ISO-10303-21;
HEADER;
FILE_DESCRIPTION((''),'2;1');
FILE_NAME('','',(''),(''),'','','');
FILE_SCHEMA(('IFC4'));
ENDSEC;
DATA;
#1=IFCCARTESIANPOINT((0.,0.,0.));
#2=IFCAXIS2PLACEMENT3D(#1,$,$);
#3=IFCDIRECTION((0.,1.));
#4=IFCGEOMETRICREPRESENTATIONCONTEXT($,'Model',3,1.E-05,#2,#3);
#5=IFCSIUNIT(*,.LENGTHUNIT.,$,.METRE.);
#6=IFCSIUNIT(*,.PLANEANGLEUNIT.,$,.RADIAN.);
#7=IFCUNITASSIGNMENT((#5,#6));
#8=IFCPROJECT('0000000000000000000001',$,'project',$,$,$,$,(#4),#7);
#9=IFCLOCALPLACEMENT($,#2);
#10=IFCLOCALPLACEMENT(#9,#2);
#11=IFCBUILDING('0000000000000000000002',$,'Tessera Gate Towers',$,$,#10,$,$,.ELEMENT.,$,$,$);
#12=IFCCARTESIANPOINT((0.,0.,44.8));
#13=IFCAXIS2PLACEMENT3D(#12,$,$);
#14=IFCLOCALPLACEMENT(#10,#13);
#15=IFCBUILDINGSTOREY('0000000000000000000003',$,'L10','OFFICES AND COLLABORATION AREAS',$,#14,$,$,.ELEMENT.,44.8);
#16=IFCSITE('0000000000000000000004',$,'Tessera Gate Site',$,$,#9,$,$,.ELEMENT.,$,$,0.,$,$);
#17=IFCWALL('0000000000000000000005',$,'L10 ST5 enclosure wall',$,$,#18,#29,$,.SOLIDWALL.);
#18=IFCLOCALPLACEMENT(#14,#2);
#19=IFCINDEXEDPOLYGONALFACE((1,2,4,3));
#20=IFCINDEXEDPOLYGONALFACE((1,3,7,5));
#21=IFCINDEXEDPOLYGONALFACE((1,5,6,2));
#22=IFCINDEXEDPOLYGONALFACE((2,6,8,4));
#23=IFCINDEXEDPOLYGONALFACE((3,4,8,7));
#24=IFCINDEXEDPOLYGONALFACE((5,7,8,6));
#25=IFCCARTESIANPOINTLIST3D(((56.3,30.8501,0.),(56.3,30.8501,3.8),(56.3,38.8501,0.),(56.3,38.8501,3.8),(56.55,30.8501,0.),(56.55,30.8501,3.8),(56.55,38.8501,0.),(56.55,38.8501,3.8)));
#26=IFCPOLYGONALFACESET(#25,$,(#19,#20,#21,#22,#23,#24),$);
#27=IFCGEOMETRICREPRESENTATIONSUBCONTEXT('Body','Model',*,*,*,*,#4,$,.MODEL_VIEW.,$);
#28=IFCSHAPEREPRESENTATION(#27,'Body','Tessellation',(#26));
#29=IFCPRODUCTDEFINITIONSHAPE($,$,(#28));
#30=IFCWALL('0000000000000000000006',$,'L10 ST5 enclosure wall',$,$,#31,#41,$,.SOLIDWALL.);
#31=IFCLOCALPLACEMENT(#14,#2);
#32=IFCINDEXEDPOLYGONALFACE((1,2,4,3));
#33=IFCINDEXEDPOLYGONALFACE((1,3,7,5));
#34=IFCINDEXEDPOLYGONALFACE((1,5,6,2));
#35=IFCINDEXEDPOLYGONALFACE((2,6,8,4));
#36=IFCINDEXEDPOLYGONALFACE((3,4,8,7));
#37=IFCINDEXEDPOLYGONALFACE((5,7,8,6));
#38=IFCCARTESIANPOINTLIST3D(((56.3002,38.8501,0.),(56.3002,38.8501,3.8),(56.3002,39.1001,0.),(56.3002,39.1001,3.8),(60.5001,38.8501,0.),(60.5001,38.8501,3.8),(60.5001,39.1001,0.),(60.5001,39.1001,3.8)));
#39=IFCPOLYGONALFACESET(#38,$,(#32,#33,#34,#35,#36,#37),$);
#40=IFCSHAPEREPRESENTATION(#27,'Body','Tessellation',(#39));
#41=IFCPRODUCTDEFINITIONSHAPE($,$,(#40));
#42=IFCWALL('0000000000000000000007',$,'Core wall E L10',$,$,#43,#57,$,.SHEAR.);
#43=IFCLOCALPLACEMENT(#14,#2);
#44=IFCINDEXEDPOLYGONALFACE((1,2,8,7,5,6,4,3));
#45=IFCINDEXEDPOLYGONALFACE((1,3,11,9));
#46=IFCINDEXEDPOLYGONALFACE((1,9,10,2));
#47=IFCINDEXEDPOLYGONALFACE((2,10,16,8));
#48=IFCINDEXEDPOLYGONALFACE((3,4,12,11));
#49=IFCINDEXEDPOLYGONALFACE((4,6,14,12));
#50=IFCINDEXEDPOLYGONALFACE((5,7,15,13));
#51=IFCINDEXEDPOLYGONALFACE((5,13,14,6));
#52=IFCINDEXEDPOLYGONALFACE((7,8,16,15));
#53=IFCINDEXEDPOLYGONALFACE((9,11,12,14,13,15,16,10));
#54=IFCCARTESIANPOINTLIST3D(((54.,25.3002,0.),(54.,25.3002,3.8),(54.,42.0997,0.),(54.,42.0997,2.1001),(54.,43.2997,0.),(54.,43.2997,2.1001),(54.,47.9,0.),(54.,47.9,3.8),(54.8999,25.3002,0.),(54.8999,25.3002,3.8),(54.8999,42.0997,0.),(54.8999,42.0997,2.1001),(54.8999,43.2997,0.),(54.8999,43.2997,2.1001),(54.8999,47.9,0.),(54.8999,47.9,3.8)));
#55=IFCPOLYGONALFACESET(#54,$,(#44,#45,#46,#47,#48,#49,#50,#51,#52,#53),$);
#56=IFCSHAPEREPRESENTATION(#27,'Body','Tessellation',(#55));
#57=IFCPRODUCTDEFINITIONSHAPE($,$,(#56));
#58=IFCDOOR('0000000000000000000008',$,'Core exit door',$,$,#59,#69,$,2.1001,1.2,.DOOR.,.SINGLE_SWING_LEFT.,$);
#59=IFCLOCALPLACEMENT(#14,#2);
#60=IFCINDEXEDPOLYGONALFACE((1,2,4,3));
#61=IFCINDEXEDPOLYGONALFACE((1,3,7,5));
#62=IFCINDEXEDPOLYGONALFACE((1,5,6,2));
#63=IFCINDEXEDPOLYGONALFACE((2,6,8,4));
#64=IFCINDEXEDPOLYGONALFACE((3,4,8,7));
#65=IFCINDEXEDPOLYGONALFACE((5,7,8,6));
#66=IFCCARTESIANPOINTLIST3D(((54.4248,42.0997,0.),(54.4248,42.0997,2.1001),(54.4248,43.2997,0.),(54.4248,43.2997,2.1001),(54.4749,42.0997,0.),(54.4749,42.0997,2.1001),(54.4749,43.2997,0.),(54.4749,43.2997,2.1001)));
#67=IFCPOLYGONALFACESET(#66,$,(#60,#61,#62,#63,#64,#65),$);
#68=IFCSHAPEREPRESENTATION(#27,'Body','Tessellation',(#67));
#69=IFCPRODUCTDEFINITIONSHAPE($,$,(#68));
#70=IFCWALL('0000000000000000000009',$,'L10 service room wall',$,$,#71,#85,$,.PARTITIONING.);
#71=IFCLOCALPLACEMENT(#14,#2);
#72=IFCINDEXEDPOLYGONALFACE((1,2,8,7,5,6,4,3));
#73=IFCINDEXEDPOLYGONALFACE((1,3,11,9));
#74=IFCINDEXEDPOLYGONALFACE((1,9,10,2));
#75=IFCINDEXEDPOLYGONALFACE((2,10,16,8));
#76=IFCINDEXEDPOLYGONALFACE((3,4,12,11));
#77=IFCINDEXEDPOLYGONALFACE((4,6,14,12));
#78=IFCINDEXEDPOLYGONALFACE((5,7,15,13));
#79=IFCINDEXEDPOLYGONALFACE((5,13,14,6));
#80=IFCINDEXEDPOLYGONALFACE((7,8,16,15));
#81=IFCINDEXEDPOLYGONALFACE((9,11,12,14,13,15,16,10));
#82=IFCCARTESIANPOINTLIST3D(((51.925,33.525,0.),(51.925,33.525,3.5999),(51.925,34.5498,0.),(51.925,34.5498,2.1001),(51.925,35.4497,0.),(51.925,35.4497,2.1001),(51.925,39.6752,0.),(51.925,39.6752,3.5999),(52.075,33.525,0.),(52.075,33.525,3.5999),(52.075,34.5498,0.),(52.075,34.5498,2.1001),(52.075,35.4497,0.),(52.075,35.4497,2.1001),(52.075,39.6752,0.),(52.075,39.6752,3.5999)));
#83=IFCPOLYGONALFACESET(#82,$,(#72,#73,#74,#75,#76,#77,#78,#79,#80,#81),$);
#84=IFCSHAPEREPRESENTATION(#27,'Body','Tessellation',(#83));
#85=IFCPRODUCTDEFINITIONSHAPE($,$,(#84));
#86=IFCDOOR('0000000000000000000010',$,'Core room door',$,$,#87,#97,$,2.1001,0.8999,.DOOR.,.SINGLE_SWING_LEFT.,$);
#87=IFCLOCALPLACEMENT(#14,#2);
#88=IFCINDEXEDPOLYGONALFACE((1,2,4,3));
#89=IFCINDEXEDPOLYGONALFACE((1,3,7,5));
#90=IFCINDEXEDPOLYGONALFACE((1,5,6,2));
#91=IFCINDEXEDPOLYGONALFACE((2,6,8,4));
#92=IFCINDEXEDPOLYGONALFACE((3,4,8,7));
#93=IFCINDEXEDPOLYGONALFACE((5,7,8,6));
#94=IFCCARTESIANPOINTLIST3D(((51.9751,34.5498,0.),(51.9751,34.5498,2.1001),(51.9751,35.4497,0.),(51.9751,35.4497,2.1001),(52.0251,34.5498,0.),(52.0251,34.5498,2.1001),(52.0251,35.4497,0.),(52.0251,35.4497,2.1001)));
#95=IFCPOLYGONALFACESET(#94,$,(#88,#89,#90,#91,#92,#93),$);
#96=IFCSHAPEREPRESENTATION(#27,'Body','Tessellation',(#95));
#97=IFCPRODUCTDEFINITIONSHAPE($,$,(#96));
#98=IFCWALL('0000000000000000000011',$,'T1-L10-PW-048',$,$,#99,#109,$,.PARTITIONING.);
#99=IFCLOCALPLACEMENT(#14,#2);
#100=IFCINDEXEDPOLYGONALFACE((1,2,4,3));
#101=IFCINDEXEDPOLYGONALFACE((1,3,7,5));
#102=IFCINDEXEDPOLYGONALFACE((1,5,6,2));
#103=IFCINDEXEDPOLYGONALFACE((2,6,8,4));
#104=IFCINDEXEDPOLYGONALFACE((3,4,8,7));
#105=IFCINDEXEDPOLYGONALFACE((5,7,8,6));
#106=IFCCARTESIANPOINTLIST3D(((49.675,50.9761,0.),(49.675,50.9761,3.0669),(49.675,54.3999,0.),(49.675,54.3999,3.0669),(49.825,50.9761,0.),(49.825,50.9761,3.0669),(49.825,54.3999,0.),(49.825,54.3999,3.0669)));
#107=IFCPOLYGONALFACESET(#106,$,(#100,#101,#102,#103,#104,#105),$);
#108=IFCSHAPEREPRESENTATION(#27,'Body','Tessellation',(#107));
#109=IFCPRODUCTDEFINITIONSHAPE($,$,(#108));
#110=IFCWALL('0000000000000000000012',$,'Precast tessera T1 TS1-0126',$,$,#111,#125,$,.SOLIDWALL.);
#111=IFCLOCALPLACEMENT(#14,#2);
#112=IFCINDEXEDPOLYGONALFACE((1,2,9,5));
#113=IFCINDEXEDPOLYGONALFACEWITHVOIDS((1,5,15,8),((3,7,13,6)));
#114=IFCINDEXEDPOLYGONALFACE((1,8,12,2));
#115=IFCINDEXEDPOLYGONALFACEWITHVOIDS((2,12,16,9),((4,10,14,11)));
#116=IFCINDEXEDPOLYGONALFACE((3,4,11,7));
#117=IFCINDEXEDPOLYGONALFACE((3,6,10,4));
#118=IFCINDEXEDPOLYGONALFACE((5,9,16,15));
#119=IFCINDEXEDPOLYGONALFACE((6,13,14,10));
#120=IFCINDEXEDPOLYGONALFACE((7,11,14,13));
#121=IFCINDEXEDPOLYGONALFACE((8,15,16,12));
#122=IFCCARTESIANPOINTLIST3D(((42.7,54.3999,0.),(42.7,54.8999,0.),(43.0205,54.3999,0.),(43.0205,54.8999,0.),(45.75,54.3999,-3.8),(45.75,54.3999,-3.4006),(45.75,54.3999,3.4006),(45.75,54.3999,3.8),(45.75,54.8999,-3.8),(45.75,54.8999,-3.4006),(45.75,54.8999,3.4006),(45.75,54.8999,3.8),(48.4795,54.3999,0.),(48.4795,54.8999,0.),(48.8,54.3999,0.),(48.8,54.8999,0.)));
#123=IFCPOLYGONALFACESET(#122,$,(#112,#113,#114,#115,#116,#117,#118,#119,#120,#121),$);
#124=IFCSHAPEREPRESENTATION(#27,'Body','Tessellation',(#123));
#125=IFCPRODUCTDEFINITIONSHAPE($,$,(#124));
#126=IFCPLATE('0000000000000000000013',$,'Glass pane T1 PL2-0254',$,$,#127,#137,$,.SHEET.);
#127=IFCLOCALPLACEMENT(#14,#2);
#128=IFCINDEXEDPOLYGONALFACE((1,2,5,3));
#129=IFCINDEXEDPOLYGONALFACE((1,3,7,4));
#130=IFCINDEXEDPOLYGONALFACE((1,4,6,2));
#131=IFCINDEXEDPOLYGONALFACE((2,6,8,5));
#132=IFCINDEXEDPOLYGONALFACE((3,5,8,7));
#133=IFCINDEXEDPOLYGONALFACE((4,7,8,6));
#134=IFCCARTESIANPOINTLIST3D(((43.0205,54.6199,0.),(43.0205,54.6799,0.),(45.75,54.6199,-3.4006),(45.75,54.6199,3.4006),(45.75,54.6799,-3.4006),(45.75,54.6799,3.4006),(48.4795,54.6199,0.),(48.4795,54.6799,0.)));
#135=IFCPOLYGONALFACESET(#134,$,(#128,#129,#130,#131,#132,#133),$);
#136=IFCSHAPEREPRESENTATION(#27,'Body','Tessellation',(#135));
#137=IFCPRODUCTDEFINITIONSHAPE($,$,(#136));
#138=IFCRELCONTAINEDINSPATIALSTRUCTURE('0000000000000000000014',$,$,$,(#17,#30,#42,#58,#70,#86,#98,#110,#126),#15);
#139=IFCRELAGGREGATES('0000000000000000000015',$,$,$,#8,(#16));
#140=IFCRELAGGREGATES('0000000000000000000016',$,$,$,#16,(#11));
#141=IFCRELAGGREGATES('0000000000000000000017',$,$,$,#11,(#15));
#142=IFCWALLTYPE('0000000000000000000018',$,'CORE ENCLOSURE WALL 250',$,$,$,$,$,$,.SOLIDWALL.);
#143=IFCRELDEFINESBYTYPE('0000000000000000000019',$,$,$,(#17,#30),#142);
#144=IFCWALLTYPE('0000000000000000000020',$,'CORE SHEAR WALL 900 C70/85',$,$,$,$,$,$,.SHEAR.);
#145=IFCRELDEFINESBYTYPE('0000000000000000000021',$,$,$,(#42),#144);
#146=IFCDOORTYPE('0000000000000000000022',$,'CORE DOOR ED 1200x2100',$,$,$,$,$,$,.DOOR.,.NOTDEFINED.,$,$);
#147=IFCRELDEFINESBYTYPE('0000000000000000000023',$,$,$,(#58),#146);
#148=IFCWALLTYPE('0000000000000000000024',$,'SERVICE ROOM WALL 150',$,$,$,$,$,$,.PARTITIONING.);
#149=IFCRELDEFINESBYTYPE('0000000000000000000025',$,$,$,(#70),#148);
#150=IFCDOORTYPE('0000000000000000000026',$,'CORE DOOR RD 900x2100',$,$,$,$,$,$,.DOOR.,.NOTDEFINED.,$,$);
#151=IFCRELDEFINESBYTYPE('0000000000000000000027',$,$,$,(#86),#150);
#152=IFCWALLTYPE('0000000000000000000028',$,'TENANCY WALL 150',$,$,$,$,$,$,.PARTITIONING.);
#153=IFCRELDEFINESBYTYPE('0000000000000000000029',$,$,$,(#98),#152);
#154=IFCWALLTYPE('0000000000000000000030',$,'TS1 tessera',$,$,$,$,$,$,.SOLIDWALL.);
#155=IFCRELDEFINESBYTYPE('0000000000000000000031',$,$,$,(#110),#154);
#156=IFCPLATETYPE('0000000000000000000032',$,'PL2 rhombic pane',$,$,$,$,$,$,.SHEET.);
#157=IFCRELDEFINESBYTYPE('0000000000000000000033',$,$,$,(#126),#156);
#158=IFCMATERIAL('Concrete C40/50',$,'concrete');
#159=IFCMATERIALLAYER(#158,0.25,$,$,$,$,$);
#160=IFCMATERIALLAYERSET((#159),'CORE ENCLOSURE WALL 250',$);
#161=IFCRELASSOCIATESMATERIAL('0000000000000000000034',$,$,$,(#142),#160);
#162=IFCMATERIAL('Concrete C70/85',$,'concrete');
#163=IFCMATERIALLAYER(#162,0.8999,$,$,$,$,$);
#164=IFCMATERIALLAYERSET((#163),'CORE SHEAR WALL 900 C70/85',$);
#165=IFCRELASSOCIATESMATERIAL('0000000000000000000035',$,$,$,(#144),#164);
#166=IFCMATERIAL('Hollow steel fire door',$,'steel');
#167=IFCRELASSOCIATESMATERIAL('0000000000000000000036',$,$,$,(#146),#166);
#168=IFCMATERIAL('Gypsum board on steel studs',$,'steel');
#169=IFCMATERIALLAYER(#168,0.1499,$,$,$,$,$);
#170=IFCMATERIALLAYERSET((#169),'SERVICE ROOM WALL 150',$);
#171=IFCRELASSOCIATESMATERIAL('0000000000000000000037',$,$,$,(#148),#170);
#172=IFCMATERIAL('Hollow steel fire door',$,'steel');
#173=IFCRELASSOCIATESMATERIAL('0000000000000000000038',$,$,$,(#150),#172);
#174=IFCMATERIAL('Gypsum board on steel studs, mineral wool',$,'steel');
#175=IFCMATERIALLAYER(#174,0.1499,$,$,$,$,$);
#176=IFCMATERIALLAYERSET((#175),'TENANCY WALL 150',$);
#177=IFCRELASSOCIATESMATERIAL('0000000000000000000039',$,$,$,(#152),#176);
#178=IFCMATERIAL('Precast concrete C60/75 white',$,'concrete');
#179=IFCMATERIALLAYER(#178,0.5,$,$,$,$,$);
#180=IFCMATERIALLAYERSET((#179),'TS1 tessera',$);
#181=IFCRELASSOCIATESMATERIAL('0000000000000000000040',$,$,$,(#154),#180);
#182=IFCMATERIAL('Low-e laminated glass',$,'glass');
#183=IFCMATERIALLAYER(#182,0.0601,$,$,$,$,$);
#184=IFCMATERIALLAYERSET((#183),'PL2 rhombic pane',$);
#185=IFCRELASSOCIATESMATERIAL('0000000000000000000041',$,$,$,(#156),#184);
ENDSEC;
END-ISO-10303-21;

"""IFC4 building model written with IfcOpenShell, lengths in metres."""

from ifc_helpers import new_model, si_unit, direction, frame, frame_2d, origin, place, context, subcontext, project, spatial, polyline, rectangle, outline, extrude, source, transform, mapped, material, layer, layer_set, type_object, element, fill, save


model = new_model("IFC4")

# Units and contexts
model_context = context("Model", 3, precision=1e-05, world=origin(), true_north=direction((0.0, 1.0)))
body_context = subcontext(model_context, "Body", "Model", "MODEL_VIEW")
ifc_project = project(units=[si_unit("LENGTHUNIT", "METRE"), si_unit("PLANEANGLEUNIT", "RADIAN")], contexts=[model_context])

# Site, building, storey
site_placement = place(None, origin())
site = spatial("IfcSite", under=ifc_project, at=site_placement, Name="Tessera Gate Site", CompositionType="ELEMENT", RefElevation=0.0)
building_placement = place(site_placement, origin())
building = spatial("IfcBuilding", under=site, at=building_placement, Name="Tessera Gate Towers", CompositionType="ELEMENT")
storey_placement = place(building_placement, frame((0.0, 0.0, 44.8)))
storey = spatial("IfcBuildingStorey", under=building, at=storey_placement, Name="L10", Description="OFFICES AND COLLABORATION AREAS", CompositionType="ELEMENT", Elevation=44.8)

# Shared definitions
ifc_material_1 = material(Name="Concrete C40/50", Category="concrete")
ifc_layer_1 = layer(ifc_material_1, 0.25)
ifc_layer_set_1 = layer_set([ifc_layer_1], Name="CORE ENCLOSURE WALL 250")
wall_type_1 = type_object("IfcWallType", Name="CORE ENCLOSURE WALL 250", PredefinedType="SOLIDWALL", material=ifc_layer_set_1)
shared_shape_1 = source(origin(), body_context, "Body", "SweptSolid", [
    extrude(rectangle(XDim=1.2, YDim=2.1001, at=frame_2d((0.6001, 1.05))), frame((0.0, 0.0249, 0.0), z_axis=(0.0, -1.0, 0.0), x_axis=(1.0, 0.0, 0.0)), (0.0, 0.0, 1.0), 0.05),
])

# Walls
wall_1_placement = place(storey_placement, frame((56.425, 30.8501, 0.0), z_axis=(0.0, 0.0, 1.0), x_axis=(0.0, 1.0, 0.0)))
element("IfcWall", 1, at=wall_1_placement, inside=storey, type_object=wall_type_1, Name="L10 ST5 enclosure wall", PredefinedType="SOLIDWALL", context=body_context, shape_type="SweptSolid", body=[
    extrude(rectangle(XDim=8.0, YDim=0.25, at=frame_2d((4.0, 0.0))), origin(), (0.0, 0.0, 1.0), 3.8),
])
wall_2_placement = place(storey_placement, frame((56.3, 38.9751, 0.0), z_axis=(0.0, 0.0, 1.0), x_axis=(1.0, 0.0, 0.0)))
element("IfcWall", 2, at=wall_2_placement, inside=storey, type_object=wall_type_1, Name="L10 ST5 enclosure wall", PredefinedType="SOLIDWALL", context=body_context, shape_type="SweptSolid", body=[
    extrude(rectangle(XDim=4.2, YDim=0.25, at=frame_2d((2.1001, 0.0))), origin(), (0.0, 0.0, 1.0), 3.8),
])

# Walls, openings, doors
ifc_material_2 = material(Name="Concrete C70/85", Category="concrete")
ifc_layer_2 = layer(ifc_material_2, 0.8999)
ifc_layer_set_2 = layer_set([ifc_layer_2], Name="CORE SHEAR WALL 900 C70/85")
wall_type_2 = type_object("IfcWallType", Name="CORE SHEAR WALL 900 C70/85", PredefinedType="SHEAR", material=ifc_layer_set_2)
wall_3_placement = place(storey_placement, frame((54.45, 47.8999, 0.0), z_axis=(0.0, 0.0, 1.0), x_axis=(0.0, -1.0, 0.0)))
wall_3 = element("IfcWall", 3, at=wall_3_placement, inside=storey, type_object=wall_type_2, Name="Core wall E L10", PredefinedType="SHEAR", context=body_context, shape_type="SweptSolid", body=[
    extrude(rectangle(XDim=22.5999, YDim=0.8999, at=frame_2d((11.2998, 0.0))), origin(), (0.0, 0.0, 1.0), 3.8),
])
shared_shape_2 = source(origin(), body_context, "Body", "SweptSolid", [
    extrude(rectangle(XDim=1.2, YDim=2.1001, at=frame_2d((0.6001, 1.05))), frame((0.0, 0.46, 0.0), z_axis=(0.0, -1.0, 0.0), x_axis=(1.0, 0.0, 0.0)), (0.0, 0.0, 1.0), 0.9199),
])
opening_1_placement = place(wall_3_placement, frame((4.6001, 0.0, 0.0)))
opening_1 = element("IfcOpeningElement", 4, at=opening_1_placement, cuts=wall_3, PredefinedType="OPENING", context=body_context, shape_type="MappedRepresentation", body=[
    mapped(shared_shape_2, transform((0.0, 0.0, 0.0), scale=1.0)),
])
ifc_material_3 = material(Name="Hollow steel fire door", Category="steel")
door_type_1 = type_object("IfcDoorType", Name="CORE DOOR ED 1200x2100", OperationType="NOTDEFINED", PredefinedType="DOOR", material=ifc_material_3)
door_1_placement = place(opening_1_placement, origin())
door_1 = element("IfcDoor", 5, at=door_1_placement, inside=storey, type_object=door_type_1, Name="Core exit door", OperationType="SINGLE_SWING_LEFT", OverallHeight=2.1001, OverallWidth=1.2, PredefinedType="DOOR", context=body_context, shape_type="MappedRepresentation", body=[
    mapped(shared_shape_1, transform((0.0, 0.0, 0.0), scale=1.0)),
])
fill(opening_1, door_1)
ifc_material_4 = material(Name="Gypsum board on steel studs", Category="steel")
ifc_layer_3 = layer(ifc_material_4, 0.1499)
ifc_layer_set_3 = layer_set([ifc_layer_3], Name="SERVICE ROOM WALL 150")
wall_type_3 = type_object("IfcWallType", Name="SERVICE ROOM WALL 150", PredefinedType="PARTITIONING", material=ifc_layer_set_3)
wall_4_placement = place(storey_placement, frame((52.0, 33.5249, 0.0), z_axis=(0.0, 0.0, 1.0), x_axis=(0.0, 1.0, 0.0)))
wall_4 = element("IfcWall", 6, at=wall_4_placement, inside=storey, type_object=wall_type_3, Name="L10 service room wall", PredefinedType="PARTITIONING", context=body_context, shape_type="SweptSolid", body=[
    extrude(rectangle(XDim=6.1501, YDim=0.1499, at=frame_2d((3.0752, 0.0))), origin(), (0.0, 0.0, 1.0), 3.5999),
])
shared_shape_3 = source(origin(), body_context, "Body", "SweptSolid", [
    extrude(rectangle(XDim=0.8999, YDim=2.1001, at=frame_2d((0.45, 1.05))), frame((0.0, 0.085, 0.0), z_axis=(0.0, -1.0, 0.0), x_axis=(1.0, 0.0, 0.0)), (0.0, 0.0, 1.0), 0.1699),
])
opening_2_placement = place(wall_4_placement, frame((1.0249, 0.0, 0.0)))
opening_2 = element("IfcOpeningElement", 7, at=opening_2_placement, cuts=wall_4, PredefinedType="OPENING", context=body_context, shape_type="MappedRepresentation", body=[
    mapped(shared_shape_3, transform((0.0, 0.0, 0.0), scale=1.0)),
])
ifc_material_5 = material(Name="Hollow steel fire door", Category="steel")
door_type_2 = type_object("IfcDoorType", Name="CORE DOOR RD 900x2100", OperationType="NOTDEFINED", PredefinedType="DOOR", material=ifc_material_5)
shared_shape_4 = source(origin(), body_context, "Body", "SweptSolid", [
    extrude(rectangle(XDim=0.8999, YDim=2.1001, at=frame_2d((0.45, 1.05))), frame((0.0, 0.0249, 0.0), z_axis=(0.0, -1.0, 0.0), x_axis=(1.0, 0.0, 0.0)), (0.0, 0.0, 1.0), 0.05),
])
door_2_placement = place(opening_2_placement, origin())
door_2 = element("IfcDoor", 8, at=door_2_placement, inside=storey, type_object=door_type_2, Name="Core room door", OperationType="SINGLE_SWING_LEFT", OverallHeight=2.1001, OverallWidth=0.8999, PredefinedType="DOOR", context=body_context, shape_type="MappedRepresentation", body=[
    mapped(shared_shape_4, transform((0.0, 0.0, 0.0), scale=1.0)),
])
fill(opening_2, door_2)

# Wall
ifc_material_6 = material(Name="Gypsum board on steel studs, mineral wool", Category="steel")
ifc_layer_4 = layer(ifc_material_6, 0.1499)
ifc_layer_set_4 = layer_set([ifc_layer_4], Name="TENANCY WALL 150")
wall_type_4 = type_object("IfcWallType", Name="TENANCY WALL 150", PredefinedType="PARTITIONING", material=ifc_layer_set_4)
wall_5_placement = place(storey_placement, frame((49.75, 50.9761, 0.0), z_axis=(0.0, 0.0, 1.0), x_axis=(0.0, 1.0, 0.0)))
element("IfcWall", 9, at=wall_5_placement, inside=storey, type_object=wall_type_4, Name="T1-L10-PW-048", PredefinedType="PARTITIONING", context=body_context, shape_type="SweptSolid", body=[
    extrude(rectangle(XDim=3.4238, YDim=0.1499, at=frame_2d((1.7119, 0.0))), origin(), (0.0, 0.0, 1.0), 3.0669),
])

# Wall, opening, plate
ifc_material_7 = material(Name="Precast concrete C60/75 white", Category="concrete")
ifc_layer_5 = layer(ifc_material_7, 0.5)
ifc_layer_set_5 = layer_set([ifc_layer_5], Name="TS1 tessera")
wall_type_5 = type_object("IfcWallType", Name="TS1 tessera", PredefinedType="SOLIDWALL", material=ifc_layer_set_5)
shared_shape_5 = source(origin(), body_context, "Body", "SweptSolid", [
    extrude(outline(polyline([(3.05, 0.0), (6.1001, 3.8), (3.05, 7.6001), (0.0, 3.8), (3.05, 0.0)])), frame((0.0, 0.25, 0.0), z_axis=(0.0, -1.0, 0.0), x_axis=(1.0, 0.0, 0.0)), (0.0, 0.0, 1.0), 0.5),
])
wall_6_placement = place(storey_placement, frame((48.8, 54.6499, -3.8), z_axis=(0.0, 0.0, 1.0), x_axis=(-1.0, 0.0, 0.0)))
wall_6 = element("IfcWall", 10, at=wall_6_placement, inside=storey, type_object=wall_type_5, Name="Precast tessera T1 TS1-0126", PredefinedType="SOLIDWALL", context=body_context, shape_type="MappedRepresentation", body=[
    mapped(shared_shape_5, transform((0.0, 0.0, 0.0), scale=1.0)),
])
shared_shape_6 = source(origin(), body_context, "Body", "SweptSolid", [
    extrude(outline(polyline([(3.05, 0.3994), (5.7795, 3.8), (3.05, 7.2007), (0.3206, 3.8), (3.05, 0.3994)])), frame((0.0, 0.26, 0.0), z_axis=(0.0, -1.0, 0.0), x_axis=(1.0, 0.0, 0.0)), (0.0, 0.0, 1.0), 0.52),
])
opening_3_placement = place(wall_6_placement, origin())
opening_3 = element("IfcOpeningElement", 11, at=opening_3_placement, cuts=wall_6, PredefinedType="OPENING", context=body_context, shape_type="MappedRepresentation", body=[
    mapped(shared_shape_6, transform((0.0, 0.0, 0.0), scale=1.0)),
])
ifc_material_8 = material(Name="Low-e laminated glass", Category="glass")
ifc_layer_6 = layer(ifc_material_8, 0.0601)
ifc_layer_set_6 = layer_set([ifc_layer_6], Name="PL2 rhombic pane")
plate_type = type_object("IfcPlateType", Name="PL2 rhombic pane", PredefinedType="SHEET", material=ifc_layer_set_6)
shared_shape_7 = source(origin(), body_context, "Body", "SweptSolid", [
    extrude(outline(polyline([(3.05, 0.3994), (5.7795, 3.8), (3.05, 7.2007), (0.3206, 3.8), (3.05, 0.3994)])), frame((0.0, 0.03, 0.0), z_axis=(0.0, -1.0, 0.0), x_axis=(1.0, 0.0, 0.0)), (0.0, 0.0, 1.0), 0.0601),
])
plate_placement = place(opening_3_placement, origin())
plate = element("IfcPlate", 12, at=plate_placement, inside=storey, type_object=plate_type, Name="Glass pane T1 PL2-0254", PredefinedType="SHEET", context=body_context, shape_type="MappedRepresentation", body=[
    mapped(shared_shape_7, transform((0.0, 0.0, 0.0), scale=1.0)),
])
fill(opening_3, plate)

save(model, "model.ifc")
